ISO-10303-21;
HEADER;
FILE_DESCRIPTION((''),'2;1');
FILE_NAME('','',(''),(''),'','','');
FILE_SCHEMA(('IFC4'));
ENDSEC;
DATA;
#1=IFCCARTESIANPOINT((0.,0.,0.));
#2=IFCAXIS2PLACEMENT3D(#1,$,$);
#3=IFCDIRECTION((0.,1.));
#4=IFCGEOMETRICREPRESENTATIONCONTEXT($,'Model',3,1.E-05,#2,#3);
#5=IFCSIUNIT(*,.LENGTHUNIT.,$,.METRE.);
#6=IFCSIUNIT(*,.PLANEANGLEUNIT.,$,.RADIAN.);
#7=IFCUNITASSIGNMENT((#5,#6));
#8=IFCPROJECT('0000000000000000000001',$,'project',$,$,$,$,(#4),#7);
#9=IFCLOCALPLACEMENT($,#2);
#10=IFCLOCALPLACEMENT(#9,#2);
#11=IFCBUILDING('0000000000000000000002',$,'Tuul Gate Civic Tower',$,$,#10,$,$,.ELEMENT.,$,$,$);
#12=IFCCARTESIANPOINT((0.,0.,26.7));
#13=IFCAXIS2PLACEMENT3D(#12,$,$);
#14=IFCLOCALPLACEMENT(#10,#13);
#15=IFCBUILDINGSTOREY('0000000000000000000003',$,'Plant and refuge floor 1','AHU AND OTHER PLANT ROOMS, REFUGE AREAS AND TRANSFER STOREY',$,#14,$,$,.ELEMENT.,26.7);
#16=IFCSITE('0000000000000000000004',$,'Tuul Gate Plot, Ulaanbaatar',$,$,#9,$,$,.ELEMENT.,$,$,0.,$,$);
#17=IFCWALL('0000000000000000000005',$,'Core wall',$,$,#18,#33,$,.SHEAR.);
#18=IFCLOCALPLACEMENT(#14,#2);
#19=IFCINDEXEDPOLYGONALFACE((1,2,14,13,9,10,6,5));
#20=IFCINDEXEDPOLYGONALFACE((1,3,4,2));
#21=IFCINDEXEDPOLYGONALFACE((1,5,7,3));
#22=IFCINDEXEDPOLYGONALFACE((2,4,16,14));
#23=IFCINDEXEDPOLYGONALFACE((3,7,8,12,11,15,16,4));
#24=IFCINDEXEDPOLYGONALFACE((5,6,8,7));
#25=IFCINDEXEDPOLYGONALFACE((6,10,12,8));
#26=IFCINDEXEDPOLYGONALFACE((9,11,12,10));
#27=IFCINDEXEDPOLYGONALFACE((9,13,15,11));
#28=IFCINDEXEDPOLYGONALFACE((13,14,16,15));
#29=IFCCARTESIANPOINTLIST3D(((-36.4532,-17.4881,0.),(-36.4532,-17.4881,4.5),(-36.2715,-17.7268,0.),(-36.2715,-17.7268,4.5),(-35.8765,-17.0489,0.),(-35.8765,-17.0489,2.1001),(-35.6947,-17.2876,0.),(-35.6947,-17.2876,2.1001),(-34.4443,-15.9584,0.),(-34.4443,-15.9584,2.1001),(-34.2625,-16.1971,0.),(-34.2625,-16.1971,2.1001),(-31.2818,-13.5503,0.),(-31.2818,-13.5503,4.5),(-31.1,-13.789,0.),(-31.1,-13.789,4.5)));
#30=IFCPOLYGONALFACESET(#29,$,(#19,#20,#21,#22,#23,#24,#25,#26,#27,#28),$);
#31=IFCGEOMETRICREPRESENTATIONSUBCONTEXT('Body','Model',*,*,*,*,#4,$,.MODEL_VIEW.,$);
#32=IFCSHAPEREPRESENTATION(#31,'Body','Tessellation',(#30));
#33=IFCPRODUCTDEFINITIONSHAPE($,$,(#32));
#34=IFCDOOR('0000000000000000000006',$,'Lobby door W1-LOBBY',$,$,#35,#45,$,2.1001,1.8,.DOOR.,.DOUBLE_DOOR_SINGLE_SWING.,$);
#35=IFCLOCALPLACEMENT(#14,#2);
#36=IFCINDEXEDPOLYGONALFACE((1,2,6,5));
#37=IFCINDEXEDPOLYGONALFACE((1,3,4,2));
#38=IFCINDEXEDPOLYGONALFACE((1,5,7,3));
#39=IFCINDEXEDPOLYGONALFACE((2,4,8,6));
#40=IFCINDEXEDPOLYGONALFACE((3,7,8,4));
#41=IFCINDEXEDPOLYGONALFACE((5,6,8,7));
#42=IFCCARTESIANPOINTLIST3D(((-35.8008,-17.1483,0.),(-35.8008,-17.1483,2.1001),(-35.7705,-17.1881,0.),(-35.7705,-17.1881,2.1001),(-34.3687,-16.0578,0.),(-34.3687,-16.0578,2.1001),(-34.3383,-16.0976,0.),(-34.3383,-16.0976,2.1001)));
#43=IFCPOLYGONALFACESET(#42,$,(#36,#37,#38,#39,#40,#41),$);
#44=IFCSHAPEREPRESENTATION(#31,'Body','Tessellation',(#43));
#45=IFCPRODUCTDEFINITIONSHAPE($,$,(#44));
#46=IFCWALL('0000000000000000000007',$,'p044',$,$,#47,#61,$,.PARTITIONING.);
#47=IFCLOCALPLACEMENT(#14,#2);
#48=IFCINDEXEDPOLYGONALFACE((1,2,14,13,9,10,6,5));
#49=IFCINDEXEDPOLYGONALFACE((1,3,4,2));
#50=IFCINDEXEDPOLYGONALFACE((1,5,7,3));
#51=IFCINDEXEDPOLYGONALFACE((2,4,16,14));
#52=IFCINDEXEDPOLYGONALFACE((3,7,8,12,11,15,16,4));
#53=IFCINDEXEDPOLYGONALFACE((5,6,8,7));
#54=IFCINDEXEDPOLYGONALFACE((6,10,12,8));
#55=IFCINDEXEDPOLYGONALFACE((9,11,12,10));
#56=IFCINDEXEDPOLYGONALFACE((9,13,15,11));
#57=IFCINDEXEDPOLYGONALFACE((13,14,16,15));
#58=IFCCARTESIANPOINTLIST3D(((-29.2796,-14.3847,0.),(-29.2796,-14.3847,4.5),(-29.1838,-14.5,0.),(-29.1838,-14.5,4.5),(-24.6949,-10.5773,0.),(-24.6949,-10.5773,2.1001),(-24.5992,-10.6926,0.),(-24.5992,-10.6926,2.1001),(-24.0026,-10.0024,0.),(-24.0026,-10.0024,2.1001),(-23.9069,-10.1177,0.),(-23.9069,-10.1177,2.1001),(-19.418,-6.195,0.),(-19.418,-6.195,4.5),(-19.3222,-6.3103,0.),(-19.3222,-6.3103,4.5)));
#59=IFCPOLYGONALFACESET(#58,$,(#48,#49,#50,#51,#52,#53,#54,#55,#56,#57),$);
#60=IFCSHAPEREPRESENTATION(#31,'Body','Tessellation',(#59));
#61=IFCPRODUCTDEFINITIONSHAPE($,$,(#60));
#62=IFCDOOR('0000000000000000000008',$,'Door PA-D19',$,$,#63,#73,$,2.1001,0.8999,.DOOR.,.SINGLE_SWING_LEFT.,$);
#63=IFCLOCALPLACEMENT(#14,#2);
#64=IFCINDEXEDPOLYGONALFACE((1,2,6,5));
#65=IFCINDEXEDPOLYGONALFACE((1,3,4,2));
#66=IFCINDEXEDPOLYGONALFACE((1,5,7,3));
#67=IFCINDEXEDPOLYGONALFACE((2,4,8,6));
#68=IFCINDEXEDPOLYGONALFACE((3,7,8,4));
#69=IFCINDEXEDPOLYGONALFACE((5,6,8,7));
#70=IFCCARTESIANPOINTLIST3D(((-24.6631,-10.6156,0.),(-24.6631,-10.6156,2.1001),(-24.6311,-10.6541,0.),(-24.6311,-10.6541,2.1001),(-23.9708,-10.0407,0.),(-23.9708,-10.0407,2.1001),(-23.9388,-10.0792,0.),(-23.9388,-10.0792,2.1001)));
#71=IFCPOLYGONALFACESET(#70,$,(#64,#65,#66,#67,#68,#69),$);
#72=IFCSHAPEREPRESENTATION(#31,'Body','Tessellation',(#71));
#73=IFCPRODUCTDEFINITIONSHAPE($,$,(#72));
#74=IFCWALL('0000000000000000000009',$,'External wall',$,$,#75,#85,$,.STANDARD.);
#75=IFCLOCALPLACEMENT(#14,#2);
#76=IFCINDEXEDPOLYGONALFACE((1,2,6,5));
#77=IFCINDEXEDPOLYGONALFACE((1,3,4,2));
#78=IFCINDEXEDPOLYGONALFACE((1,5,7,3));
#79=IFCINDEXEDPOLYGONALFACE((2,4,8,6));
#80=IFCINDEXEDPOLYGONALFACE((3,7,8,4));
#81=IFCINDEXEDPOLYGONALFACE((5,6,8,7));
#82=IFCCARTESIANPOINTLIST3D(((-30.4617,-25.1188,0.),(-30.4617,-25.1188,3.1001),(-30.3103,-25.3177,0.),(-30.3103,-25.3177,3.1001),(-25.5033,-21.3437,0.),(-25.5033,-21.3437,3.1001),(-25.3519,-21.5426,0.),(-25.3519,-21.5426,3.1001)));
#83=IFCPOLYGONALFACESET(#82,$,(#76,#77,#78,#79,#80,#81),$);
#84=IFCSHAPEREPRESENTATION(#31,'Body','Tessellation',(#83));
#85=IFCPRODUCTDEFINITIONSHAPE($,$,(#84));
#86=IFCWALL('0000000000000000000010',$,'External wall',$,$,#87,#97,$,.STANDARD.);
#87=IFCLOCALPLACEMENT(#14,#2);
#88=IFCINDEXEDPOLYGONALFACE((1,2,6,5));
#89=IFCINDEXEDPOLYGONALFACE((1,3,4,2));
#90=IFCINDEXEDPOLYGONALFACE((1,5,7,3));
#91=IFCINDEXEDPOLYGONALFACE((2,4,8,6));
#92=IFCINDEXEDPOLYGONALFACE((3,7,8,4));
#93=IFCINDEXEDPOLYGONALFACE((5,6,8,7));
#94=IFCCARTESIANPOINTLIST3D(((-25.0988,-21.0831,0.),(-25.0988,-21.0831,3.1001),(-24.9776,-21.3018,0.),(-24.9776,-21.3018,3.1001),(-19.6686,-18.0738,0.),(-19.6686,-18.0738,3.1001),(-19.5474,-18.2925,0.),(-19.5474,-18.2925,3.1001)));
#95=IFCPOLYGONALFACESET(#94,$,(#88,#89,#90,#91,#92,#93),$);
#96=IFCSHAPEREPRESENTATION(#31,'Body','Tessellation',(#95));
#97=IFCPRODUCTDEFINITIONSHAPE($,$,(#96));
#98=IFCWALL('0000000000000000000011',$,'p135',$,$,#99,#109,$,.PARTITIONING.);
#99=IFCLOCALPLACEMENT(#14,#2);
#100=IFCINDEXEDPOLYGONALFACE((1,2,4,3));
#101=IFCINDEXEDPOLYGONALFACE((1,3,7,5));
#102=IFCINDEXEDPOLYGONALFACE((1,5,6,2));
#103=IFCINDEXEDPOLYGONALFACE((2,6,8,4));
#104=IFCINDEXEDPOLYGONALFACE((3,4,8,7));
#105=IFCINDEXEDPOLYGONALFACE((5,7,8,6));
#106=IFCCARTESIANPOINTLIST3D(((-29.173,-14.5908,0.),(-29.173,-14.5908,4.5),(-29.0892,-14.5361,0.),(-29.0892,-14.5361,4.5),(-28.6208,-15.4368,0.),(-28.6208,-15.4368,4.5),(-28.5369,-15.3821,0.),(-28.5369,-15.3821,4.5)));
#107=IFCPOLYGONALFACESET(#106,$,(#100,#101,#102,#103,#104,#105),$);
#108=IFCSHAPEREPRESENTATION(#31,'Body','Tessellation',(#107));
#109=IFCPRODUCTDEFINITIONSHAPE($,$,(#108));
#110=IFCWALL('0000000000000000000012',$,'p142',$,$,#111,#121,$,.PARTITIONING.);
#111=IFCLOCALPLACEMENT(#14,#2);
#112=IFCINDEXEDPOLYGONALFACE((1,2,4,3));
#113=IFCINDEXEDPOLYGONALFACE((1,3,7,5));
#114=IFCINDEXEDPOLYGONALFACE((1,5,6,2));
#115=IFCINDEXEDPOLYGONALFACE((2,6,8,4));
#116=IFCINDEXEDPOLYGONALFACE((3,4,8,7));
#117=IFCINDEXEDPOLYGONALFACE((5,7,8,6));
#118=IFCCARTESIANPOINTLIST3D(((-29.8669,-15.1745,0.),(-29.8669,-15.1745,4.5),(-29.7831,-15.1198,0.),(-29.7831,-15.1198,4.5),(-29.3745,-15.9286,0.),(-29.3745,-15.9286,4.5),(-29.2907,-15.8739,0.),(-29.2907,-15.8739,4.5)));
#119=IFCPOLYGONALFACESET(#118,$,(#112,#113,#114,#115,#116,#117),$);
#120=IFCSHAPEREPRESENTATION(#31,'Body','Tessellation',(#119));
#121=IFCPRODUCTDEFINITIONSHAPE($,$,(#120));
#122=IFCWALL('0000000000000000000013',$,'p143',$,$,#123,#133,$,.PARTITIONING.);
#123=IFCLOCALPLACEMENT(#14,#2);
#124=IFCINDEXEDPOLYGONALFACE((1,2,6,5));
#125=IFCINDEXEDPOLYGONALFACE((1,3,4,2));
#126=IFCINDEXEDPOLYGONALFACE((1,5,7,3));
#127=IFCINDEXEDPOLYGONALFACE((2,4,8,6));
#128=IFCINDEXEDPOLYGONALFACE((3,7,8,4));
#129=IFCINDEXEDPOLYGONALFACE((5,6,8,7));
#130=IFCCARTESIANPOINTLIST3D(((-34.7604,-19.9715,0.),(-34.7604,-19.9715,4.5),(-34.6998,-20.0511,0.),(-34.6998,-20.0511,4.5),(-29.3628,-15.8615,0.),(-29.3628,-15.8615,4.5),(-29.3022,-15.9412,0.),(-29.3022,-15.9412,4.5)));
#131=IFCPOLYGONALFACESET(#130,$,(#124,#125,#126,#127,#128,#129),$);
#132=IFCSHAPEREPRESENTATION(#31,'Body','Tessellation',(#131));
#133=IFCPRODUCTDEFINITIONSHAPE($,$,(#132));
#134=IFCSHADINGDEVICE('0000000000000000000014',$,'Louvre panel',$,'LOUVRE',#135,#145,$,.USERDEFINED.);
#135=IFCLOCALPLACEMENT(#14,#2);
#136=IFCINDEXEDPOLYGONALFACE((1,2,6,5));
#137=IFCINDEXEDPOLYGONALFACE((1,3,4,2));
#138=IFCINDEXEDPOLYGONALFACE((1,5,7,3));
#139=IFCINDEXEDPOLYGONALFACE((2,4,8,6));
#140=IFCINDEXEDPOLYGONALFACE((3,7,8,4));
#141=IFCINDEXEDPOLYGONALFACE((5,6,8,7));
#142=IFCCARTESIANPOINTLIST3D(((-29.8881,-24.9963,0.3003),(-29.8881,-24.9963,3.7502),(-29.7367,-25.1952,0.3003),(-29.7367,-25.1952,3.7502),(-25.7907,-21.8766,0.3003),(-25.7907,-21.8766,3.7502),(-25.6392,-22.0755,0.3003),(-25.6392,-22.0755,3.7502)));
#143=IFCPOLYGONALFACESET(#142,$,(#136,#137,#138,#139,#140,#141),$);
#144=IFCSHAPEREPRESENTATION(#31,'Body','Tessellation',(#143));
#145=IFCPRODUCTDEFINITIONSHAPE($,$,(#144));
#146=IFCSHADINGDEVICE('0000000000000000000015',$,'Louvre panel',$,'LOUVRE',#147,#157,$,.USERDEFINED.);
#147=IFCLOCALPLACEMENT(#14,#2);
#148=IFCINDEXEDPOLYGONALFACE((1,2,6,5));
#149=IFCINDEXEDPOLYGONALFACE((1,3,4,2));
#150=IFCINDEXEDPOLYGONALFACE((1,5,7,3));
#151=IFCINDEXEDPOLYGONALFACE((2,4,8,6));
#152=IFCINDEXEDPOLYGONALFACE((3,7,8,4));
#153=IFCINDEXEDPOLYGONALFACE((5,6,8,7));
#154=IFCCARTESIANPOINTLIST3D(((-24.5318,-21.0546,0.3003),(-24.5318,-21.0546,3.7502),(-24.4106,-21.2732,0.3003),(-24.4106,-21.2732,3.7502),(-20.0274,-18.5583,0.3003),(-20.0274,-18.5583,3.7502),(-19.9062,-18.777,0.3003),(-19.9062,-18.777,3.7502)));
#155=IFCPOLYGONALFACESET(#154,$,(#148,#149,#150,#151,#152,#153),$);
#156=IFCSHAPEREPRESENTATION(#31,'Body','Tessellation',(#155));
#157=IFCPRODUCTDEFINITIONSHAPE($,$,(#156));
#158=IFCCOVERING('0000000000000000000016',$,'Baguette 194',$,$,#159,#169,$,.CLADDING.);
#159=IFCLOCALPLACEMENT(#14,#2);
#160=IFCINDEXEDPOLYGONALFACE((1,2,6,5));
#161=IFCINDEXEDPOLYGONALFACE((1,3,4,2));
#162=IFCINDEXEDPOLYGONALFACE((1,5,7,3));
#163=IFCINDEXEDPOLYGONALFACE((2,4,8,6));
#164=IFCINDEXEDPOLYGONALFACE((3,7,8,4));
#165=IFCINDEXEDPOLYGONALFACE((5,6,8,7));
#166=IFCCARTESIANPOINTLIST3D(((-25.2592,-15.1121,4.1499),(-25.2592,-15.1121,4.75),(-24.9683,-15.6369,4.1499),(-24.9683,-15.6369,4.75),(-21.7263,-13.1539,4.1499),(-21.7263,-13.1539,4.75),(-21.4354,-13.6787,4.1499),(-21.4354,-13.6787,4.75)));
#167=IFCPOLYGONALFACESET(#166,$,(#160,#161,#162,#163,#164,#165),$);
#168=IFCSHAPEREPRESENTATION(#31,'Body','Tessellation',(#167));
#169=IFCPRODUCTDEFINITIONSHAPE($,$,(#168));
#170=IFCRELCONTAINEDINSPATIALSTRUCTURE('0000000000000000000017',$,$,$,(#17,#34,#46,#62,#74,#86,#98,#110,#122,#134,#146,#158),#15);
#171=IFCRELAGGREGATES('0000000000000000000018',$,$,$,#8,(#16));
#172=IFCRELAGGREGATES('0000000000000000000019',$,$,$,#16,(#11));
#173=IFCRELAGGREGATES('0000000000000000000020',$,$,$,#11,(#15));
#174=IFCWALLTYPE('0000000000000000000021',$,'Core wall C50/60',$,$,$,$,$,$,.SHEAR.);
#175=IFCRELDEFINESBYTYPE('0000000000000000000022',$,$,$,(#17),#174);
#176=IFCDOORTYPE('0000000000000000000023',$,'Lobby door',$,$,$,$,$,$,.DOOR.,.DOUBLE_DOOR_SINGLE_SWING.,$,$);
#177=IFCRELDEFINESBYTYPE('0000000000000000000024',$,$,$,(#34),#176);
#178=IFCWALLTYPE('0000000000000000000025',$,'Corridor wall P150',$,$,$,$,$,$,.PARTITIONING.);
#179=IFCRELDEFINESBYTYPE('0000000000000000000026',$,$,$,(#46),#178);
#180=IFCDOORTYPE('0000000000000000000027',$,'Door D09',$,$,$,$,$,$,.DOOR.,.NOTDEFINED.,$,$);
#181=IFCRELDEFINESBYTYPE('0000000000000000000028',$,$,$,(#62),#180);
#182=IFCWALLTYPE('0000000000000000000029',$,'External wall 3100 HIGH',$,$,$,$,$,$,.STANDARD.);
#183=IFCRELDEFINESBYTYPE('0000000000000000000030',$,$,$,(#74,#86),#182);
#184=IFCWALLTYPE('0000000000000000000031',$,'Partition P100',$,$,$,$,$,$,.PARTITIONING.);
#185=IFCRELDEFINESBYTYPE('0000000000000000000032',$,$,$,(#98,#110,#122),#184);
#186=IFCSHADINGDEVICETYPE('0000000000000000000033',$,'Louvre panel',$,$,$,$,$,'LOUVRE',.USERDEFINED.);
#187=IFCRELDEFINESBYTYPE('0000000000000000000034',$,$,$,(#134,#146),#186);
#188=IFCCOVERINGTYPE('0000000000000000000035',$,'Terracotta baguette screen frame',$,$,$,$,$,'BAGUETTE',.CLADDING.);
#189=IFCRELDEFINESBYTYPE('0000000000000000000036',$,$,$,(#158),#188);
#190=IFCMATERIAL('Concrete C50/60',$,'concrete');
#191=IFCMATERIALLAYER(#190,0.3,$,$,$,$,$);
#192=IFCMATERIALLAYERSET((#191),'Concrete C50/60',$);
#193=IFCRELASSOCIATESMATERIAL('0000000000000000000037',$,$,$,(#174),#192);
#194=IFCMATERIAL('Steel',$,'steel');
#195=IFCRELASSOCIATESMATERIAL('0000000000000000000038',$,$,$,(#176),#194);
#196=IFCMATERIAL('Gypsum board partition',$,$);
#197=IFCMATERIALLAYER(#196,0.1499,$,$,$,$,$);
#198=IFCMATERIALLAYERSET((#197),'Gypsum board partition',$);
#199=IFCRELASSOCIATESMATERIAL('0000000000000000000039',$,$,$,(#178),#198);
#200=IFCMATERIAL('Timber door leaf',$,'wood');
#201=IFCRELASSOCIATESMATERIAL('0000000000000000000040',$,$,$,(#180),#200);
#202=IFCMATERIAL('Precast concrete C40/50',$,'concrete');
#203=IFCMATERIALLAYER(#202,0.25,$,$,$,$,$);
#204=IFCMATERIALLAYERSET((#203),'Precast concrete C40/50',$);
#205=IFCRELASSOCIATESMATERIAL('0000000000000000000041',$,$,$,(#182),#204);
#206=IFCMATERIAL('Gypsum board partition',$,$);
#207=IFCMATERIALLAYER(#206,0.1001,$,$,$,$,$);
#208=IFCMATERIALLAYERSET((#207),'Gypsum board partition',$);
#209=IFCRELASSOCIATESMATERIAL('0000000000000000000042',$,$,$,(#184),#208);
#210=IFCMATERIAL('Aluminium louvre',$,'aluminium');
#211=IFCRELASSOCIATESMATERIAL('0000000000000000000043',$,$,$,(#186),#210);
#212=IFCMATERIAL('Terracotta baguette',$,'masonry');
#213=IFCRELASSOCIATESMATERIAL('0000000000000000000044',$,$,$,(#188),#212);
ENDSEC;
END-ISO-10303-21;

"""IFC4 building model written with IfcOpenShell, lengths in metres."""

from ifc_helpers import new_model, si_unit, direction, frame, frame_2d, origin, origin_2d, place, context, subcontext, project, spatial, rectangle, extrude, material, layer, layer_set, material_profile, profile_set, type_object, element, fill, save


model = new_model("IFC4")

# Units and contexts
model_context = context("Model", 3, precision=1e-05, world=origin(), true_north=direction((0.0, 1.0)))
body_context = subcontext(model_context, "Body", "Model", "MODEL_VIEW")
ifc_project = project(units=[si_unit("LENGTHUNIT", "METRE"), si_unit("PLANEANGLEUNIT", "RADIAN")], contexts=[model_context])

# Site, building, storey
site_placement = place(None, origin())
site = spatial("IfcSite", under=ifc_project, at=site_placement, Name="Tuul Gate Plot, Ulaanbaatar", CompositionType="ELEMENT", RefElevation=0.0)
building_placement = place(site_placement, origin())
building = spatial("IfcBuilding", under=site, at=building_placement, Name="Tuul Gate Civic Tower", CompositionType="ELEMENT")
storey_placement = place(building_placement, frame((0.0, 0.0, 26.7)))
storey = spatial("IfcBuildingStorey", under=building, at=storey_placement, Name="Plant and refuge floor 1", Description="AHU AND OTHER PLANT ROOMS, REFUGE AREAS AND TRANSFER STOREY", CompositionType="ELEMENT", Elevation=26.7)

# Walls, openings, doors
ifc_material_1 = material(Name="Concrete C50/60", Category="concrete")
ifc_layer_1 = layer(ifc_material_1, 0.3)
ifc_layer_set_1 = layer_set([ifc_layer_1], Name="Concrete C50/60")
wall_type_1 = type_object("IfcWallType", Name="Core wall C50/60", PredefinedType="SHEAR", material=ifc_layer_set_1)
wall_1_placement = place(storey_placement, frame((-31.1909, -13.6697, 0.0), z_axis=(0.0, 0.0, 1.0), x_axis=(-0.795607, -0.605813, 0.0)))
wall_1 = element("IfcWall", 1, at=wall_1_placement, inside=storey, type_object=wall_type_1, Name="Core wall", PredefinedType="SHEAR", context=body_context, shape_type="SweptSolid", body=[
    extrude(rectangle(XDim=6.5, YDim=0.3, at=frame_2d((3.25, 0.0))), origin(), (0.0, 0.0, 1.0), 4.5),
])
opening_1_placement = place(wall_1_placement, frame((3.9751, 0.0, 0.0)))
opening_1 = element("IfcOpeningElement", 2, at=opening_1_placement, cuts=wall_1, PredefinedType="OPENING", context=body_context, shape_type="SweptSolid", body=[
    extrude(rectangle(XDim=1.8, YDim=2.1001, at=frame_2d((0.8999, 1.05))), frame((0.0, 0.1602, 0.0), z_axis=(0.0, -1.0, 0.0), x_axis=(1.0, 0.0, 0.0)), (0.0, 0.0, 1.0), 0.3201),
])
ifc_material_2 = material(Name="Steel", Category="steel")
door_type_1 = type_object("IfcDoorType", Name="Lobby door", OperationType="DOUBLE_DOOR_SINGLE_SWING", PredefinedType="DOOR", material=ifc_material_2)
door_1_placement = place(opening_1_placement, origin())
door_1 = element("IfcDoor", 3, at=door_1_placement, inside=storey, type_object=door_type_1, Name="Lobby door W1-LOBBY", OperationType="DOUBLE_DOOR_SINGLE_SWING", OverallHeight=2.1001, OverallWidth=1.8, PredefinedType="DOOR", context=body_context, shape_type="SweptSolid", body=[
    extrude(rectangle(XDim=1.8, YDim=2.1001, at=frame_2d((0.8999, 1.05))), frame((0.0, 0.0249, 0.0), z_axis=(0.0, -1.0, 0.0), x_axis=(1.0, 0.0, 0.0)), (0.0, 0.0, 1.0), 0.05),
])
fill(opening_1, door_1)
ifc_material_3 = material(Name="Gypsum board partition")
ifc_layer_2 = layer(ifc_material_3, 0.1499)
ifc_layer_set_2 = layer_set([ifc_layer_2], Name="Gypsum board partition")
wall_type_2 = type_object("IfcWallType", Name="Corridor wall P150", PredefinedType="PARTITIONING", material=ifc_layer_set_2)
wall_2_placement = place(storey_placement, frame((-29.2317, -14.4424, 0.0), z_axis=(0.0, 0.0, 1.0), x_axis=(0.769305, 0.638882, 0.0)))
wall_2 = element("IfcWall", 4, at=wall_2_placement, inside=storey, type_object=wall_type_2, Name="p044", PredefinedType="PARTITIONING", context=body_context, shape_type="SweptSolid", body=[
    extrude(rectangle(XDim=12.8188, YDim=0.1499, at=frame_2d((6.4094, 0.0))), origin(), (0.0, 0.0, 1.0), 4.5),
])
opening_2_placement = place(wall_2_placement, frame((5.9595, 0.0, 0.0)))
opening_2 = element("IfcOpeningElement", 5, at=opening_2_placement, cuts=wall_2, PredefinedType="OPENING", context=body_context, shape_type="SweptSolid", body=[
    extrude(rectangle(XDim=0.8999, YDim=2.1001, at=frame_2d((0.45, 1.05))), frame((0.0, 0.085, 0.0), z_axis=(0.0, -1.0, 0.0), x_axis=(1.0, 0.0, 0.0)), (0.0, 0.0, 1.0), 0.1699),
])
ifc_material_4 = material(Name="Timber door leaf", Category="wood")
door_type_2 = type_object("IfcDoorType", Name="Door D09", OperationType="NOTDEFINED", PredefinedType="DOOR", material=ifc_material_4)
door_2_placement = place(opening_2_placement, frame((0.8999, 0.0, 0.0), z_axis=(0.0, 0.0, 1.0), x_axis=(-1.0, 0.0, 0.0)))
door_2 = element("IfcDoor", 6, at=door_2_placement, inside=storey, type_object=door_type_2, Name="Door PA-D19", OperationType="SINGLE_SWING_LEFT", OverallHeight=2.1001, OverallWidth=0.8999, PredefinedType="DOOR", context=body_context, shape_type="SweptSolid", body=[
    extrude(rectangle(XDim=0.8999, YDim=2.1001, at=frame_2d((0.45, 1.05))), frame((0.0, 0.0249, 0.0), z_axis=(0.0, -1.0, 0.0), x_axis=(1.0, 0.0, 0.0)), (0.0, 0.0, 1.0), 0.05),
])
fill(opening_2, door_2)

# Walls
ifc_material_5 = material(Name="Precast concrete C40/50", Category="concrete")
ifc_layer_3 = layer(ifc_material_5, 0.25)
ifc_layer_set_3 = layer_set([ifc_layer_3], Name="Precast concrete C40/50")
wall_type_3 = type_object("IfcWallType", Name="External wall 3100 HIGH", PredefinedType="STANDARD", material=ifc_layer_set_3)
wall_3_placement = place(storey_placement, frame((-30.386, -25.2183, 0.0), z_axis=(0.0, 0.0, 1.0), x_axis=(0.795645, 0.605763, 0.0)))
element("IfcWall", 7, at=wall_3_placement, inside=storey, type_object=wall_type_3, Name="External wall", PredefinedType="STANDARD", context=body_context, shape_type="SweptSolid", body=[
    extrude(rectangle(XDim=6.2319, YDim=0.25, at=frame_2d((3.116, 0.0))), origin(), (0.0, 0.0, 1.0), 3.1001),
])
wall_4_placement = place(storey_placement, frame((-25.0381, -21.1924, 0.0), z_axis=(0.0, 0.0, 1.0), x_axis=(0.874669, 0.484721, 0.0)))
element("IfcWall", 8, at=wall_4_placement, inside=storey, type_object=wall_type_3, Name="External wall", PredefinedType="STANDARD", context=body_context, shape_type="SweptSolid", body=[
    extrude(rectangle(XDim=6.2083, YDim=0.25, at=frame_2d((3.104, 0.0))), origin(), (0.0, 0.0, 1.0), 3.1001),
])
ifc_material_6 = material(Name="Gypsum board partition")
ifc_layer_4 = layer(ifc_material_6, 0.1001)
ifc_layer_set_4 = layer_set([ifc_layer_4], Name="Gypsum board partition")
wall_type_4 = type_object("IfcWallType", Name="Partition P100", PredefinedType="PARTITIONING", material=ifc_layer_set_4)
wall_5_placement = place(storey_placement, frame((-28.5789, -15.4094, 0.0), z_axis=(0.0, 0.0, 1.0), x_axis=(-0.546644, 0.837365, 0.0)))
element("IfcWall", 9, at=wall_5_placement, inside=storey, type_object=wall_type_4, Name="p135", PredefinedType="PARTITIONING", context=body_context, shape_type="SweptSolid", body=[
    extrude(rectangle(XDim=1.0103, YDim=0.1001, at=frame_2d((0.5051, 0.0))), origin(), (0.0, 0.0, 1.0), 4.5),
])
wall_6_placement = place(storey_placement, frame((-29.825, -15.1472, 0.0), z_axis=(0.0, 0.0, 1.0), x_axis=(0.546731, -0.837308, 0.0)))
element("IfcWall", 10, at=wall_6_placement, inside=storey, type_object=wall_type_4, Name="p142", PredefinedType="PARTITIONING", context=body_context, shape_type="SweptSolid", body=[
    extrude(rectangle(XDim=0.9006, YDim=0.1001, at=frame_2d((0.4502, 0.0))), origin(), (0.0, 0.0, 1.0), 4.5),
])
wall_7_placement = place(storey_placement, frame((-29.3325, -15.9014, 0.0), z_axis=(0.0, 0.0, 1.0), x_axis=(-0.795608, -0.605811, 0.0)))
element("IfcWall", 11, at=wall_7_placement, inside=storey, type_object=wall_type_4, Name="p143", PredefinedType="PARTITIONING", context=body_context, shape_type="SweptSolid", body=[
    extrude(rectangle(XDim=6.7842, YDim=0.1001, at=frame_2d((3.3921, 0.0))), origin(), (0.0, 0.0, 1.0), 4.5),
])

# Shading devices
ifc_material_7 = material(Name="Aluminium louvre", Category="aluminium")
shading_device_type = type_object("IfcShadingDeviceType", Name="Louvre panel", ElementType="LOUVRE", PredefinedType="USERDEFINED", material=ifc_material_7)
for number, where, z_axis, x_axis, name in (
    (12, (-27.7637, -23.5359, 0.3003), (0.0, 0.0, 1.0), (0.605776, -0.795635, 0.0), "Louvre panel"),
    (13, (-22.219, -19.9158, 0.3003), (0.0, 0.0, 1.0), (0.484724, -0.874667, 0.0), "Louvre panel"),
):
    element("IfcShadingDevice", number, at=place(storey_placement, frame(where, z_axis=z_axis, x_axis=x_axis)), inside=storey, type_object=shading_device_type, Name=name, ObjectType="LOUVRE", PredefinedType="USERDEFINED", context=body_context, shape_type="SweptSolid", body=[
        extrude(rectangle(XDim=0.25, YDim=5.1499, at=origin_2d()), origin(), (0.0, 0.0, 1.0), 3.45),
    ])

# Covering
ifc_material_8 = material(Name="Terracotta baguette", Category="masonry")
ifc_material_profile_1 = material_profile(ifc_material_8, rectangle(XDim=0.6001, YDim=0.6001, at=origin_2d()), Name="Terracotta baguette screen frame")
ifc_profile_set_1 = profile_set([ifc_material_profile_1], Name="Terracotta baguette")
covering_type = type_object("IfcCoveringType", Name="Terracotta baguette screen frame", ElementType="BAGUETTE", PredefinedType="CLADDING", material=ifc_profile_set_1)
covering_1_placement = place(storey_placement, frame((-25.1138, -15.3745, 4.45), z_axis=(0.87463, 0.484791, 0.0), x_axis=(-0.484791, 0.87463, 0.0)))
element("IfcCovering", 14, at=covering_1_placement, inside=storey, type_object=covering_type, Name="Baguette 194", PredefinedType="CLADDING", context=body_context, shape_type="SweptSolid", body=[
    extrude(rectangle(XDim=0.6001, YDim=0.6001, at=origin_2d()), origin(), (0.0, 0.0, 1.0), 4.0393),
])

save(model, "model.ifc")
